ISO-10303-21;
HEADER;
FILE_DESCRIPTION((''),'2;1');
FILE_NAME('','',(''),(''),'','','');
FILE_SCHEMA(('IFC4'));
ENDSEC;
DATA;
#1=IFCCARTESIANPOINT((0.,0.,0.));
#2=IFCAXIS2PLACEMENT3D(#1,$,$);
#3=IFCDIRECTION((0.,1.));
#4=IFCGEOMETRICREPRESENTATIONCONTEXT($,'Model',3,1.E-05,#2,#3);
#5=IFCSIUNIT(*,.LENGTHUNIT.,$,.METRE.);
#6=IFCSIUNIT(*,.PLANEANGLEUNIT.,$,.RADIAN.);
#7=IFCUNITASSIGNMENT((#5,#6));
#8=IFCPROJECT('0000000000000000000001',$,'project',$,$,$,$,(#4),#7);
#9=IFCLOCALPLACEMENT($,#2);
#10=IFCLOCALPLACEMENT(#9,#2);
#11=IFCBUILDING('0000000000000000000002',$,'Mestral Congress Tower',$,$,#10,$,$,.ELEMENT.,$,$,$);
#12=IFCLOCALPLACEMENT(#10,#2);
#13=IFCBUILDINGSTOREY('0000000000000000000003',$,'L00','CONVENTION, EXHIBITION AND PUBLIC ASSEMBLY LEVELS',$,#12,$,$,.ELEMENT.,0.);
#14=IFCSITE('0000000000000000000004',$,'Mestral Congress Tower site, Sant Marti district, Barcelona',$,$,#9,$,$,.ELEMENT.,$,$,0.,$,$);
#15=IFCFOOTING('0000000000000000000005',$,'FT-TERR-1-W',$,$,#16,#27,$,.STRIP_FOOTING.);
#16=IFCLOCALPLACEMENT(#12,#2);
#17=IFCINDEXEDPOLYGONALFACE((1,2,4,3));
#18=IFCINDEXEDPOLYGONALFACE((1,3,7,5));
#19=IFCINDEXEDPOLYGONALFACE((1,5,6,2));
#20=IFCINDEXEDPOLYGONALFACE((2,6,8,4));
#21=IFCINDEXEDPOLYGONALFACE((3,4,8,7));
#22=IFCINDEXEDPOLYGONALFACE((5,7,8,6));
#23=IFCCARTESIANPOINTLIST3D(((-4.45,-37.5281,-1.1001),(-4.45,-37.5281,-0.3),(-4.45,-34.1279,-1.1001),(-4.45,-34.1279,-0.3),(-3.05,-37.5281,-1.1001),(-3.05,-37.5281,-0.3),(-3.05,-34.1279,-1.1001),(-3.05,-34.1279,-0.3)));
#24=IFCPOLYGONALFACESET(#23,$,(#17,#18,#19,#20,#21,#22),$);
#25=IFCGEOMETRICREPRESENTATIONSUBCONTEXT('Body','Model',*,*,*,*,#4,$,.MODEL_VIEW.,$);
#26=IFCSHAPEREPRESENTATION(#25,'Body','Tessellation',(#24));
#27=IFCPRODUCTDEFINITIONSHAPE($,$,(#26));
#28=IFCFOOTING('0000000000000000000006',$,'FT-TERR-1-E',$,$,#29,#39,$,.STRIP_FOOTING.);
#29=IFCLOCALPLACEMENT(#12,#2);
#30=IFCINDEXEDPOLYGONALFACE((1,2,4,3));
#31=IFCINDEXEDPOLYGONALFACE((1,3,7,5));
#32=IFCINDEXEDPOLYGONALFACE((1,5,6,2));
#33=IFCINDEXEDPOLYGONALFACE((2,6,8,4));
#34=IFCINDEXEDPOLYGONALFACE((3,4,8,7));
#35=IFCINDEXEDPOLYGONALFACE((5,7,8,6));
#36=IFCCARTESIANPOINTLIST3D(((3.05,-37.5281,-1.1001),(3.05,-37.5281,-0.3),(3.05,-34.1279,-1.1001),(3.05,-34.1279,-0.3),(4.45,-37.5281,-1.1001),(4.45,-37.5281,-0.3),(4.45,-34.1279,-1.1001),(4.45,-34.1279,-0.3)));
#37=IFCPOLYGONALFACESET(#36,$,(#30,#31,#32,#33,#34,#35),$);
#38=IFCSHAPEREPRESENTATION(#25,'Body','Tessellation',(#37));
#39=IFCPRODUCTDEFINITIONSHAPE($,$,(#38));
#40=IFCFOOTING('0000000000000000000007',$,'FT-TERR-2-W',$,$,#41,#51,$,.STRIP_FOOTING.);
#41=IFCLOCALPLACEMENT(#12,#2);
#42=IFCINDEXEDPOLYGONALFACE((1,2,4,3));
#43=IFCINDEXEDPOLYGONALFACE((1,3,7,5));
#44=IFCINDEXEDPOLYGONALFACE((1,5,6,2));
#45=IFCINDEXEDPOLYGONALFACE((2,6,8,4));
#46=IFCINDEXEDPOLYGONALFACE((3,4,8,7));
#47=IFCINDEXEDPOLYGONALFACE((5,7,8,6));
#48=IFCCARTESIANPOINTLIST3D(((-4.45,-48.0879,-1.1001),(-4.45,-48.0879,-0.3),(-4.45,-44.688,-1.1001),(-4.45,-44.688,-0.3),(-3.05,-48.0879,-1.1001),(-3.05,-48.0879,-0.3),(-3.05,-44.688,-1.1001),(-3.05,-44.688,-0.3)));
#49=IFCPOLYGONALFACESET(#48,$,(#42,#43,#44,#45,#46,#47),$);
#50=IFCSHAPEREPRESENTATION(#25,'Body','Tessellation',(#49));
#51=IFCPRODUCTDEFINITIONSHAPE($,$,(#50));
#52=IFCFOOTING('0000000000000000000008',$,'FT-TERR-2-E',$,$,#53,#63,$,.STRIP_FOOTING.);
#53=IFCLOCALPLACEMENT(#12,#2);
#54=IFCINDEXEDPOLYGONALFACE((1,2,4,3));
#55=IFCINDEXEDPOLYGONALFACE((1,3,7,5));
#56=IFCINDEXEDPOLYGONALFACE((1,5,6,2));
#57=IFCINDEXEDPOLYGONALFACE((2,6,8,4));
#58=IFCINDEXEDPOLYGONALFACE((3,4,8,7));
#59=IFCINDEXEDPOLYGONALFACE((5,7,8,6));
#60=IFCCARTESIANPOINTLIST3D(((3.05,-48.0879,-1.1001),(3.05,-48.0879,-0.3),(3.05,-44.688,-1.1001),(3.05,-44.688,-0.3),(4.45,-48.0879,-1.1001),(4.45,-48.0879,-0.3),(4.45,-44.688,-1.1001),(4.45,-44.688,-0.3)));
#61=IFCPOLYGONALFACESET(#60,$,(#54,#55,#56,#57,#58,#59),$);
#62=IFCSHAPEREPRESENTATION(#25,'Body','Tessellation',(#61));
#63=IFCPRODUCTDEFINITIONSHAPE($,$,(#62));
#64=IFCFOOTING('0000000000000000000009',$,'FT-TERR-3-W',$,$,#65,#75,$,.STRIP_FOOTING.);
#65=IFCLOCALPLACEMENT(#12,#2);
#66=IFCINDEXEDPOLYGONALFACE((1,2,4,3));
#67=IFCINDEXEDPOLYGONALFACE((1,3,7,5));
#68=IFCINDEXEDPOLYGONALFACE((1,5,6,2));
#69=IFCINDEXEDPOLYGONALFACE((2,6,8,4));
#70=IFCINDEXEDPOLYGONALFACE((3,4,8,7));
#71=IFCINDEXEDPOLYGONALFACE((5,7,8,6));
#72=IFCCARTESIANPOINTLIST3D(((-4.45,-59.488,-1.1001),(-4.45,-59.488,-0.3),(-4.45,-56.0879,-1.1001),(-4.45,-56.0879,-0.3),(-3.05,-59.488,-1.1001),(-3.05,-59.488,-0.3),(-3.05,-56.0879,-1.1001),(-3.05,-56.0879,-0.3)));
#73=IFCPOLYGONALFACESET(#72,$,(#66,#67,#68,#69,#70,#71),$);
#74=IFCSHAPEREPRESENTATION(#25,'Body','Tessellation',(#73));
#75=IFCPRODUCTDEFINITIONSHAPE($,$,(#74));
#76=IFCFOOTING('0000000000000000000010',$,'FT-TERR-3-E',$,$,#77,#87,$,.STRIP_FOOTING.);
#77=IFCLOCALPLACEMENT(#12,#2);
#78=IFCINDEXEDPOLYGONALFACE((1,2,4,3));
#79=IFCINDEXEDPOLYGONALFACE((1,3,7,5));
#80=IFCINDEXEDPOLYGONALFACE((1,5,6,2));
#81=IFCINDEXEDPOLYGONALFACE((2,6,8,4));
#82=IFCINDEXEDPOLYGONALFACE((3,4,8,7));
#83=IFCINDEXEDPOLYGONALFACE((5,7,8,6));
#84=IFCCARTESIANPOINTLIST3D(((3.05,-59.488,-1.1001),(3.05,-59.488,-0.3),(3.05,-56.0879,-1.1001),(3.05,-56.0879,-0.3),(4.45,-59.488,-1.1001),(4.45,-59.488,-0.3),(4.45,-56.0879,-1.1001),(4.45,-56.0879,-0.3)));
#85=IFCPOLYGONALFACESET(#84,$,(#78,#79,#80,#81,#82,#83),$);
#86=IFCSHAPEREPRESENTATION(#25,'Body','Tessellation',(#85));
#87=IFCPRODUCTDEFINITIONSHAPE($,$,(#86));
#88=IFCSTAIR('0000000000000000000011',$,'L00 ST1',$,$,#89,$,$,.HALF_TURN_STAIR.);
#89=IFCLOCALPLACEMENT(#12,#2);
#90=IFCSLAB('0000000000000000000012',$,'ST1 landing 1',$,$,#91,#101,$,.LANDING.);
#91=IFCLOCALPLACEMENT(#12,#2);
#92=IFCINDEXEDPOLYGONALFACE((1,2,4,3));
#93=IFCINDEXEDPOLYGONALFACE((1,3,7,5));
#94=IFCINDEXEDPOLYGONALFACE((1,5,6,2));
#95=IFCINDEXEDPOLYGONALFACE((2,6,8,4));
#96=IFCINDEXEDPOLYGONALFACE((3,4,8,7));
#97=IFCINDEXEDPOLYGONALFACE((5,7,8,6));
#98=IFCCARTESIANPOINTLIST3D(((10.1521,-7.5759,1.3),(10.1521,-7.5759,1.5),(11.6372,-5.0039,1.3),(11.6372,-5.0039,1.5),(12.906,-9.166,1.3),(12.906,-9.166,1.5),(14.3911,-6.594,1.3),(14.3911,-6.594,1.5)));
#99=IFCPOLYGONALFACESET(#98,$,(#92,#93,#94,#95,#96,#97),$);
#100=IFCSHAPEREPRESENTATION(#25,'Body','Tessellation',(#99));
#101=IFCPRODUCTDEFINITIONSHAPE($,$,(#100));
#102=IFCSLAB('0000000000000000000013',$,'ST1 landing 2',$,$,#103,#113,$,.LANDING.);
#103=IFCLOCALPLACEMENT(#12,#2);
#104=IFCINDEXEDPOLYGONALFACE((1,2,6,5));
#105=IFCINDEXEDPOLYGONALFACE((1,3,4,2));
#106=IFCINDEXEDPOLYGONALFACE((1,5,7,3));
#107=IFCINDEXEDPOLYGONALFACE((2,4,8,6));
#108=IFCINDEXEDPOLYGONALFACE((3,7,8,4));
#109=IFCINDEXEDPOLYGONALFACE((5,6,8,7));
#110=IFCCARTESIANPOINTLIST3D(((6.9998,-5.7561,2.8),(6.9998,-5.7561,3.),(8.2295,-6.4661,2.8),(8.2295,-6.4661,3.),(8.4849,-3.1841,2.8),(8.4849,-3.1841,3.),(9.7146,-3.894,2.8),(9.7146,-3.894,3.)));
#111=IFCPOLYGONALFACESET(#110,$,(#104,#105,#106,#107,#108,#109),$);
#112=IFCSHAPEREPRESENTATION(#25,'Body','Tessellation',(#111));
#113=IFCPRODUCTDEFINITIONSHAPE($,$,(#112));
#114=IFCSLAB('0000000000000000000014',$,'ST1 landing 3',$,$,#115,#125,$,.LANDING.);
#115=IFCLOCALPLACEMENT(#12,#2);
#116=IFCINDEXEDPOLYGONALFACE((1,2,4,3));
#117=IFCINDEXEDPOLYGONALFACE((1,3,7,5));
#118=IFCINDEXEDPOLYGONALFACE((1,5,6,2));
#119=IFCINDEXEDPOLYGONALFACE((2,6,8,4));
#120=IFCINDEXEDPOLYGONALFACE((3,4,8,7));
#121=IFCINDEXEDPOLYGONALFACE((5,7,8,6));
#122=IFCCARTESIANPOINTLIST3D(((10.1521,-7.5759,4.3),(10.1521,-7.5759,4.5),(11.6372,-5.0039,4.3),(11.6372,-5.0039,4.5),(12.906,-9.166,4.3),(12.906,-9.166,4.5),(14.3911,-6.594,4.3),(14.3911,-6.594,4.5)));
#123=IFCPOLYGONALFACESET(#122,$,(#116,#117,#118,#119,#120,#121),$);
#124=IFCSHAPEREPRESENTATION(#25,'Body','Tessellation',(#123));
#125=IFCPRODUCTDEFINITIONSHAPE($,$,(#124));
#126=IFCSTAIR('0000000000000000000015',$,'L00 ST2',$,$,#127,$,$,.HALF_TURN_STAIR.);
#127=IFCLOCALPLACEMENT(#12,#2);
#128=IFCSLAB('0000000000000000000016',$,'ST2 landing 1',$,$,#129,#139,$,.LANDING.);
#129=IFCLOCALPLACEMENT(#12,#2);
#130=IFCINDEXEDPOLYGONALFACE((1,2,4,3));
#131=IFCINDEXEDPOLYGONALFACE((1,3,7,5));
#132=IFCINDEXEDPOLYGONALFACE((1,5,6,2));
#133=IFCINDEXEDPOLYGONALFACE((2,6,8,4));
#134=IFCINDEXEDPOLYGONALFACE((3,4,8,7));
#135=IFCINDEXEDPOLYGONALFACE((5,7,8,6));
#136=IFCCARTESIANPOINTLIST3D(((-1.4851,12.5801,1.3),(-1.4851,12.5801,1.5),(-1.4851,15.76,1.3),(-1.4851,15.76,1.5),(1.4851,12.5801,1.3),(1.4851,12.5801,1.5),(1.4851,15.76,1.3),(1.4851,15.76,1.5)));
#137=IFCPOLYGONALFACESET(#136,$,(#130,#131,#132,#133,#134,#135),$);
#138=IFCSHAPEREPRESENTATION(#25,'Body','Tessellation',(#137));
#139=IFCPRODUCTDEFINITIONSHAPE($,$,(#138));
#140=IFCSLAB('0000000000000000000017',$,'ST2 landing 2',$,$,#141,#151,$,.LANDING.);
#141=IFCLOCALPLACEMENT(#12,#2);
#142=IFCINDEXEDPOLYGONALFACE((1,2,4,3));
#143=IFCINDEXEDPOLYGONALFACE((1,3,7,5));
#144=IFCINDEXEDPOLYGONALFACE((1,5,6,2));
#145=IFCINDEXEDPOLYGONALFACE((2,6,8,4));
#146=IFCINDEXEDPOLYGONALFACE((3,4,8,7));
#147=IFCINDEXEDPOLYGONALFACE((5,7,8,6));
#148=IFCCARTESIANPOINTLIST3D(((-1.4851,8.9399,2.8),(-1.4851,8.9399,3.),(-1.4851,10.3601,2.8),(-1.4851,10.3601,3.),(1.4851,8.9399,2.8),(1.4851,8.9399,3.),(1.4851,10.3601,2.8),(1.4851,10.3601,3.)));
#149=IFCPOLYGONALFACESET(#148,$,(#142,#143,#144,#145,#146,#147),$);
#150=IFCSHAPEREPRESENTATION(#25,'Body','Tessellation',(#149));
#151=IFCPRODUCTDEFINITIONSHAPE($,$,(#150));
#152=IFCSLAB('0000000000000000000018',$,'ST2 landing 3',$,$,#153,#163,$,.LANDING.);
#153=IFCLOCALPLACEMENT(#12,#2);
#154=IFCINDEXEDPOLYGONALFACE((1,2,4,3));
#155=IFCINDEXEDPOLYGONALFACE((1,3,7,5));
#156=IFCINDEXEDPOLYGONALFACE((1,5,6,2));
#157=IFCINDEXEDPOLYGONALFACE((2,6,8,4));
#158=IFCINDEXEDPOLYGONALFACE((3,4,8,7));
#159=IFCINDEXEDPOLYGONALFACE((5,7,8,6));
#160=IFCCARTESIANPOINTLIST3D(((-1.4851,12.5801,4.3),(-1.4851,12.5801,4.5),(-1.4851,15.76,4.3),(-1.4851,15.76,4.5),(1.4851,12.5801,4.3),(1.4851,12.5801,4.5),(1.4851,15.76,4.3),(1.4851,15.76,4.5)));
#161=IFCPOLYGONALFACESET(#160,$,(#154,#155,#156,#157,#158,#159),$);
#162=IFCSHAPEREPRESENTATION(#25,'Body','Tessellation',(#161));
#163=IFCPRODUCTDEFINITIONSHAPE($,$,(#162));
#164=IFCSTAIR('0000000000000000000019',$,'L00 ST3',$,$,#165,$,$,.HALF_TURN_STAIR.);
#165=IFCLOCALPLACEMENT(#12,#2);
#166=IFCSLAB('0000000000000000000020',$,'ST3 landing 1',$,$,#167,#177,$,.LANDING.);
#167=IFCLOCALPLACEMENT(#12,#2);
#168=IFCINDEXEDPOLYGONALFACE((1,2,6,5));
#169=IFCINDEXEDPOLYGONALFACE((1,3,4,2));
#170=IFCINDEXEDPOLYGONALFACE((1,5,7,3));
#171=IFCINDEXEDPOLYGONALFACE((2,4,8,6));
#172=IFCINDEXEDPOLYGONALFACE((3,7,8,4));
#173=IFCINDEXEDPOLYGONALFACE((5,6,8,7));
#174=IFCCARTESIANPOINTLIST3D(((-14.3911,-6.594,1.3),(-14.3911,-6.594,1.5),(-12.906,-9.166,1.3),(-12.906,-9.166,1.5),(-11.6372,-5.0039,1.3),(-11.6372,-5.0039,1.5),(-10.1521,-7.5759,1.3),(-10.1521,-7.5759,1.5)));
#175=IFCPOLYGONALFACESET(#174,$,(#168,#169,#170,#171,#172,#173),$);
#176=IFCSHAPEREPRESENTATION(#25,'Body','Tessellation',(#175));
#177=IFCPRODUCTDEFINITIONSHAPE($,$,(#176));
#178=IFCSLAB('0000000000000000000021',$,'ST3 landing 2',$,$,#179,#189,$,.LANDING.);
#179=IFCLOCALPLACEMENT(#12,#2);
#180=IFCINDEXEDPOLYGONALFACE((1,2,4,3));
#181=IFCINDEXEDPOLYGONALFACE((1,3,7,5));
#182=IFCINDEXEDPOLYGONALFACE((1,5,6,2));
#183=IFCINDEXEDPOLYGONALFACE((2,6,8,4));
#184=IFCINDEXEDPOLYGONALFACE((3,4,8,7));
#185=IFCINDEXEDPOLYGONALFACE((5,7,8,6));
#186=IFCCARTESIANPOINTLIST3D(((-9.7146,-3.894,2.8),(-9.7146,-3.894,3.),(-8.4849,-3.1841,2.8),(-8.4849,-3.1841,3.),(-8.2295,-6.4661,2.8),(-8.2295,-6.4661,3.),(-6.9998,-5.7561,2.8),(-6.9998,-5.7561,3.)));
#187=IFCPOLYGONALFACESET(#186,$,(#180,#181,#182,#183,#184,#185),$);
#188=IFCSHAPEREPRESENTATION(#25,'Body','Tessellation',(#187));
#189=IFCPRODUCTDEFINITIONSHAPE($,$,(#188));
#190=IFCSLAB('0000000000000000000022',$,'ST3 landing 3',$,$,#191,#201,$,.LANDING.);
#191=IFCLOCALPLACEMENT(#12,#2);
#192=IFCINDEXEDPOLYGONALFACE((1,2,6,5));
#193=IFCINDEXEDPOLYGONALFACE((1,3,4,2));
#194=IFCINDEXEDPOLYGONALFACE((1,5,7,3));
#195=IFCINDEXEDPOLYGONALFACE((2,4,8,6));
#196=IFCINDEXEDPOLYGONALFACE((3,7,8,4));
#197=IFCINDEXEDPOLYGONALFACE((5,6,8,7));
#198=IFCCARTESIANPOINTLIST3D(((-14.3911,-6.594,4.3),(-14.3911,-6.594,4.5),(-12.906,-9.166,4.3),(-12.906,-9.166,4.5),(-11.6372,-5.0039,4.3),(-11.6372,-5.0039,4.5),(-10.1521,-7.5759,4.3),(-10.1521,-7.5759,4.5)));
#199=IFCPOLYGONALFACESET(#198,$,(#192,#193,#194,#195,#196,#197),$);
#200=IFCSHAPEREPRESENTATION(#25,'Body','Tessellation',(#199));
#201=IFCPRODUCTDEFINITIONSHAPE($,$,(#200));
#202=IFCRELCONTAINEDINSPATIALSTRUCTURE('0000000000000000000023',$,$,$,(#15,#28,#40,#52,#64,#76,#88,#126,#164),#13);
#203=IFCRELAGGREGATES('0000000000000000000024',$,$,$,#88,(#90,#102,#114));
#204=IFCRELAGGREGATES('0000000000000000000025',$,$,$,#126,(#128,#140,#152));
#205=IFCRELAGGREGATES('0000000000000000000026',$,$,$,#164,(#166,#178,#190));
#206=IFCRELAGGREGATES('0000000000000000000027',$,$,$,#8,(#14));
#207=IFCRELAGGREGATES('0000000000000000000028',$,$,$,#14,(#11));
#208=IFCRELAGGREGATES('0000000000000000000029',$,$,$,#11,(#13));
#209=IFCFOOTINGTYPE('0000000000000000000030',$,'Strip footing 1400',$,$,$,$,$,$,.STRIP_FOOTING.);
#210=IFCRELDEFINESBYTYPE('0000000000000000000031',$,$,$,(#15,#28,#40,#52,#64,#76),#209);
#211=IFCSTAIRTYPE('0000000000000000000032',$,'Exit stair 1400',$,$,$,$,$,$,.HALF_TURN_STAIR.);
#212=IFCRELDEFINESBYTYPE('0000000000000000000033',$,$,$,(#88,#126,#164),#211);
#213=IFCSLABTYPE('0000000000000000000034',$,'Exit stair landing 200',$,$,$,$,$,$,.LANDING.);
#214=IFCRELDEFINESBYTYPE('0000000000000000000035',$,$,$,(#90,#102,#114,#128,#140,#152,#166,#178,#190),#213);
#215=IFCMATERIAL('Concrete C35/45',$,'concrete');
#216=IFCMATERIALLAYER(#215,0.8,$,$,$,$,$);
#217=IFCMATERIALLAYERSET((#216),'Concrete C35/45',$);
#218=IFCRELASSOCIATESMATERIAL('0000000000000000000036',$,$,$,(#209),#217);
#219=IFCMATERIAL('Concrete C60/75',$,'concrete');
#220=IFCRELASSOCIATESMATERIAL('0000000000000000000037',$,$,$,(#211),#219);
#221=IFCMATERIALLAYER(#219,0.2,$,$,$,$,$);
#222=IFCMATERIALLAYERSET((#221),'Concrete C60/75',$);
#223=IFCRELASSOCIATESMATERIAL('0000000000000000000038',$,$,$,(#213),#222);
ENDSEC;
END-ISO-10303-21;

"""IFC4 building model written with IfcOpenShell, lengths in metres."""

from ifc_helpers import new_model, si_unit, direction, frame, origin, place, context, subcontext, project, spatial, polyline, outline, extrude, material, layer, layer_set, type_object, element, aggregate, save


model = new_model("IFC4")

# Units and contexts
model_context = context("Model", 3, precision=1e-05, world=origin(), true_north=direction((0.0, 1.0)))
body_context = subcontext(model_context, "Body", "Model", "MODEL_VIEW")
ifc_project = project(units=[si_unit("LENGTHUNIT", "METRE"), si_unit("PLANEANGLEUNIT", "RADIAN")], contexts=[model_context])

# Site, building, storey
site_placement = place(None, origin())
site = spatial("IfcSite", under=ifc_project, at=site_placement, Name="Mestral Congress Tower site, Sant Marti district, Barcelona", CompositionType="ELEMENT", RefElevation=0.0)
building_placement = place(site_placement, origin())
building = spatial("IfcBuilding", under=site, at=building_placement, Name="Mestral Congress Tower", CompositionType="ELEMENT")
storey_placement = place(building_placement, origin())
storey = spatial("IfcBuildingStorey", under=building, at=storey_placement, Name="L00", Description="CONVENTION, EXHIBITION AND PUBLIC ASSEMBLY LEVELS", CompositionType="ELEMENT", Elevation=0.0)

# Footings
ifc_material_1 = material(Name="Concrete C35/45", Category="concrete")
ifc_layer_1 = layer(ifc_material_1, 0.8)
ifc_layer_set_1 = layer_set([ifc_layer_1], Name="Concrete C35/45")
footing_type = type_object("IfcFootingType", Name="Strip footing 1400", PredefinedType="STRIP_FOOTING", material=ifc_layer_set_1)
placement_1 = place(storey_placement, frame((0.0, 0.0, -1.1001)))
element("IfcFooting", 1, at=placement_1, inside=storey, type_object=footing_type, Name="FT-TERR-1-W", PredefinedType="STRIP_FOOTING", context=body_context, shape_type="SweptSolid", body=[
    extrude(outline(polyline([(-4.45, -34.1279), (-4.45, -37.5281), (-3.05, -37.5281), (-3.05, -34.1279), (-4.45, -34.1279)])), origin(), (0.0, 0.0, 1.0), 0.8),
])
element("IfcFooting", 2, at=placement_1, inside=storey, type_object=footing_type, Name="FT-TERR-1-E", PredefinedType="STRIP_FOOTING", context=body_context, shape_type="SweptSolid", body=[
    extrude(outline(polyline([(3.05, -34.1279), (3.05, -37.5281), (4.45, -37.5281), (4.45, -34.1279), (3.05, -34.1279)])), origin(), (0.0, 0.0, 1.0), 0.8),
])
element("IfcFooting", 3, at=placement_1, inside=storey, type_object=footing_type, Name="FT-TERR-2-W", PredefinedType="STRIP_FOOTING", context=body_context, shape_type="SweptSolid", body=[
    extrude(outline(polyline([(-4.45, -44.688), (-4.45, -48.0879), (-3.05, -48.0879), (-3.05, -44.688), (-4.45, -44.688)])), origin(), (0.0, 0.0, 1.0), 0.8),
])
element("IfcFooting", 4, at=placement_1, inside=storey, type_object=footing_type, Name="FT-TERR-2-E", PredefinedType="STRIP_FOOTING", context=body_context, shape_type="SweptSolid", body=[
    extrude(outline(polyline([(3.05, -44.688), (3.05, -48.0879), (4.45, -48.0879), (4.45, -44.688), (3.05, -44.688)])), origin(), (0.0, 0.0, 1.0), 0.8),
])
element("IfcFooting", 5, at=placement_1, inside=storey, type_object=footing_type, Name="FT-TERR-3-W", PredefinedType="STRIP_FOOTING", context=body_context, shape_type="SweptSolid", body=[
    extrude(outline(polyline([(-4.45, -56.0879), (-4.45, -59.488), (-3.05, -59.488), (-3.05, -56.0879), (-4.45, -56.0879)])), origin(), (0.0, 0.0, 1.0), 0.8),
])
element("IfcFooting", 6, at=placement_1, inside=storey, type_object=footing_type, Name="FT-TERR-3-E", PredefinedType="STRIP_FOOTING", context=body_context, shape_type="SweptSolid", body=[
    extrude(outline(polyline([(3.05, -56.0879), (3.05, -59.488), (4.45, -59.488), (4.45, -56.0879), (3.05, -56.0879)])), origin(), (0.0, 0.0, 1.0), 0.8),
])

# Stairs, slabs
ifc_material_2 = material(Name="Concrete C60/75", Category="concrete")
stair_type = type_object("IfcStairType", Name="Exit stair 1400", PredefinedType="HALF_TURN_STAIR", material=ifc_material_2)
placement_2 = place(storey_placement, origin())
stair_1 = element("IfcStair", 7, at=placement_2, inside=storey, type_object=stair_type, Name="L00 ST1", PredefinedType="HALF_TURN_STAIR")
ifc_layer_2 = layer(ifc_material_2, 0.2)
ifc_layer_set_2 = layer_set([ifc_layer_2], Name="Concrete C60/75")
slab_type_1 = type_object("IfcSlabType", Name="Exit stair landing 200", PredefinedType="LANDING", material=ifc_layer_set_2)
placement_3 = place(storey_placement, frame((0.0, 0.0, 1.3)))
slab_1 = element("IfcSlab", 8, at=placement_3, type_object=slab_type_1, Name="ST1 landing 1", PredefinedType="LANDING", context=body_context, shape_type="SweptSolid", body=[
    extrude(outline(polyline([(10.1521, -7.5759), (11.6372, -5.0039), (14.3911, -6.594), (12.906, -9.166), (10.1521, -7.5759)])), origin(), (0.0, 0.0, 1.0), 0.2),
])
placement_4 = place(storey_placement, frame((0.0, 0.0, 2.8)))
slab_2 = element("IfcSlab", 9, at=placement_4, type_object=slab_type_1, Name="ST1 landing 2", PredefinedType="LANDING", context=body_context, shape_type="SweptSolid", body=[
    extrude(outline(polyline([(6.9998, -5.7561), (8.4849, -3.1841), (9.7146, -3.894), (8.2295, -6.4661), (6.9998, -5.7561)])), origin(), (0.0, 0.0, 1.0), 0.2),
])
placement_5 = place(storey_placement, frame((0.0, 0.0, 4.3)))
slab_3 = element("IfcSlab", 10, at=placement_5, type_object=slab_type_1, Name="ST1 landing 3", PredefinedType="LANDING", context=body_context, shape_type="SweptSolid", body=[
    extrude(outline(polyline([(10.1521, -7.5759), (11.6372, -5.0039), (14.3911, -6.594), (12.906, -9.166), (10.1521, -7.5759)])), origin(), (0.0, 0.0, 1.0), 0.2),
])
aggregate(stair_1, [slab_1, slab_2, slab_3])
stair_2 = element("IfcStair", 11, at=placement_2, inside=storey, type_object=stair_type, Name="L00 ST2", PredefinedType="HALF_TURN_STAIR")
slab_4 = element("IfcSlab", 12, at=placement_3, type_object=slab_type_1, Name="ST2 landing 1", PredefinedType="LANDING", context=body_context, shape_type="SweptSolid", body=[
    extrude(outline(polyline([(1.4851, 12.5801), (-1.4851, 12.5801), (-1.4851, 15.76), (1.4851, 15.76), (1.4851, 12.5801)])), origin(), (0.0, 0.0, 1.0), 0.2),
])
slab_5 = element("IfcSlab", 13, at=placement_4, type_object=slab_type_1, Name="ST2 landing 2", PredefinedType="LANDING", context=body_context, shape_type="SweptSolid", body=[
    extrude(outline(polyline([(1.4851, 8.9399), (-1.4851, 8.9399), (-1.4851, 10.3601), (1.4851, 10.3601), (1.4851, 8.9399)])), origin(), (0.0, 0.0, 1.0), 0.2),
])
slab_6 = element("IfcSlab", 14, at=placement_5, type_object=slab_type_1, Name="ST2 landing 3", PredefinedType="LANDING", context=body_context, shape_type="SweptSolid", body=[
    extrude(outline(polyline([(1.4851, 12.5801), (-1.4851, 12.5801), (-1.4851, 15.76), (1.4851, 15.76), (1.4851, 12.5801)])), origin(), (0.0, 0.0, 1.0), 0.2),
])
aggregate(stair_2, [slab_4, slab_5, slab_6])
stair_3 = element("IfcStair", 15, at=placement_2, inside=storey, type_object=stair_type, Name="L00 ST3", PredefinedType="HALF_TURN_STAIR")
slab_7 = element("IfcSlab", 16, at=placement_3, type_object=slab_type_1, Name="ST3 landing 1", PredefinedType="LANDING", context=body_context, shape_type="SweptSolid", body=[
    extrude(outline(polyline([(-11.6372, -5.0039), (-10.1521, -7.5759), (-12.906, -9.166), (-14.3911, -6.594), (-11.6372, -5.0039)])), origin(), (0.0, 0.0, 1.0), 0.2),
])
slab_8 = element("IfcSlab", 17, at=placement_4, type_object=slab_type_1, Name="ST3 landing 2", PredefinedType="LANDING", context=body_context, shape_type="SweptSolid", body=[
    extrude(outline(polyline([(-8.4849, -3.1841), (-6.9998, -5.7561), (-8.2295, -6.4661), (-9.7146, -3.894), (-8.4849, -3.1841)])), origin(), (0.0, 0.0, 1.0), 0.2),
])
slab_9 = element("IfcSlab", 18, at=placement_5, type_object=slab_type_1, Name="ST3 landing 3", PredefinedType="LANDING", context=body_context, shape_type="SweptSolid", body=[
    extrude(outline(polyline([(-11.6372, -5.0039), (-10.1521, -7.5759), (-12.906, -9.166), (-14.3911, -6.594), (-11.6372, -5.0039)])), origin(), (0.0, 0.0, 1.0), 0.2),
])
aggregate(stair_3, [slab_7, slab_8, slab_9])

save(model, "model.ifc")
